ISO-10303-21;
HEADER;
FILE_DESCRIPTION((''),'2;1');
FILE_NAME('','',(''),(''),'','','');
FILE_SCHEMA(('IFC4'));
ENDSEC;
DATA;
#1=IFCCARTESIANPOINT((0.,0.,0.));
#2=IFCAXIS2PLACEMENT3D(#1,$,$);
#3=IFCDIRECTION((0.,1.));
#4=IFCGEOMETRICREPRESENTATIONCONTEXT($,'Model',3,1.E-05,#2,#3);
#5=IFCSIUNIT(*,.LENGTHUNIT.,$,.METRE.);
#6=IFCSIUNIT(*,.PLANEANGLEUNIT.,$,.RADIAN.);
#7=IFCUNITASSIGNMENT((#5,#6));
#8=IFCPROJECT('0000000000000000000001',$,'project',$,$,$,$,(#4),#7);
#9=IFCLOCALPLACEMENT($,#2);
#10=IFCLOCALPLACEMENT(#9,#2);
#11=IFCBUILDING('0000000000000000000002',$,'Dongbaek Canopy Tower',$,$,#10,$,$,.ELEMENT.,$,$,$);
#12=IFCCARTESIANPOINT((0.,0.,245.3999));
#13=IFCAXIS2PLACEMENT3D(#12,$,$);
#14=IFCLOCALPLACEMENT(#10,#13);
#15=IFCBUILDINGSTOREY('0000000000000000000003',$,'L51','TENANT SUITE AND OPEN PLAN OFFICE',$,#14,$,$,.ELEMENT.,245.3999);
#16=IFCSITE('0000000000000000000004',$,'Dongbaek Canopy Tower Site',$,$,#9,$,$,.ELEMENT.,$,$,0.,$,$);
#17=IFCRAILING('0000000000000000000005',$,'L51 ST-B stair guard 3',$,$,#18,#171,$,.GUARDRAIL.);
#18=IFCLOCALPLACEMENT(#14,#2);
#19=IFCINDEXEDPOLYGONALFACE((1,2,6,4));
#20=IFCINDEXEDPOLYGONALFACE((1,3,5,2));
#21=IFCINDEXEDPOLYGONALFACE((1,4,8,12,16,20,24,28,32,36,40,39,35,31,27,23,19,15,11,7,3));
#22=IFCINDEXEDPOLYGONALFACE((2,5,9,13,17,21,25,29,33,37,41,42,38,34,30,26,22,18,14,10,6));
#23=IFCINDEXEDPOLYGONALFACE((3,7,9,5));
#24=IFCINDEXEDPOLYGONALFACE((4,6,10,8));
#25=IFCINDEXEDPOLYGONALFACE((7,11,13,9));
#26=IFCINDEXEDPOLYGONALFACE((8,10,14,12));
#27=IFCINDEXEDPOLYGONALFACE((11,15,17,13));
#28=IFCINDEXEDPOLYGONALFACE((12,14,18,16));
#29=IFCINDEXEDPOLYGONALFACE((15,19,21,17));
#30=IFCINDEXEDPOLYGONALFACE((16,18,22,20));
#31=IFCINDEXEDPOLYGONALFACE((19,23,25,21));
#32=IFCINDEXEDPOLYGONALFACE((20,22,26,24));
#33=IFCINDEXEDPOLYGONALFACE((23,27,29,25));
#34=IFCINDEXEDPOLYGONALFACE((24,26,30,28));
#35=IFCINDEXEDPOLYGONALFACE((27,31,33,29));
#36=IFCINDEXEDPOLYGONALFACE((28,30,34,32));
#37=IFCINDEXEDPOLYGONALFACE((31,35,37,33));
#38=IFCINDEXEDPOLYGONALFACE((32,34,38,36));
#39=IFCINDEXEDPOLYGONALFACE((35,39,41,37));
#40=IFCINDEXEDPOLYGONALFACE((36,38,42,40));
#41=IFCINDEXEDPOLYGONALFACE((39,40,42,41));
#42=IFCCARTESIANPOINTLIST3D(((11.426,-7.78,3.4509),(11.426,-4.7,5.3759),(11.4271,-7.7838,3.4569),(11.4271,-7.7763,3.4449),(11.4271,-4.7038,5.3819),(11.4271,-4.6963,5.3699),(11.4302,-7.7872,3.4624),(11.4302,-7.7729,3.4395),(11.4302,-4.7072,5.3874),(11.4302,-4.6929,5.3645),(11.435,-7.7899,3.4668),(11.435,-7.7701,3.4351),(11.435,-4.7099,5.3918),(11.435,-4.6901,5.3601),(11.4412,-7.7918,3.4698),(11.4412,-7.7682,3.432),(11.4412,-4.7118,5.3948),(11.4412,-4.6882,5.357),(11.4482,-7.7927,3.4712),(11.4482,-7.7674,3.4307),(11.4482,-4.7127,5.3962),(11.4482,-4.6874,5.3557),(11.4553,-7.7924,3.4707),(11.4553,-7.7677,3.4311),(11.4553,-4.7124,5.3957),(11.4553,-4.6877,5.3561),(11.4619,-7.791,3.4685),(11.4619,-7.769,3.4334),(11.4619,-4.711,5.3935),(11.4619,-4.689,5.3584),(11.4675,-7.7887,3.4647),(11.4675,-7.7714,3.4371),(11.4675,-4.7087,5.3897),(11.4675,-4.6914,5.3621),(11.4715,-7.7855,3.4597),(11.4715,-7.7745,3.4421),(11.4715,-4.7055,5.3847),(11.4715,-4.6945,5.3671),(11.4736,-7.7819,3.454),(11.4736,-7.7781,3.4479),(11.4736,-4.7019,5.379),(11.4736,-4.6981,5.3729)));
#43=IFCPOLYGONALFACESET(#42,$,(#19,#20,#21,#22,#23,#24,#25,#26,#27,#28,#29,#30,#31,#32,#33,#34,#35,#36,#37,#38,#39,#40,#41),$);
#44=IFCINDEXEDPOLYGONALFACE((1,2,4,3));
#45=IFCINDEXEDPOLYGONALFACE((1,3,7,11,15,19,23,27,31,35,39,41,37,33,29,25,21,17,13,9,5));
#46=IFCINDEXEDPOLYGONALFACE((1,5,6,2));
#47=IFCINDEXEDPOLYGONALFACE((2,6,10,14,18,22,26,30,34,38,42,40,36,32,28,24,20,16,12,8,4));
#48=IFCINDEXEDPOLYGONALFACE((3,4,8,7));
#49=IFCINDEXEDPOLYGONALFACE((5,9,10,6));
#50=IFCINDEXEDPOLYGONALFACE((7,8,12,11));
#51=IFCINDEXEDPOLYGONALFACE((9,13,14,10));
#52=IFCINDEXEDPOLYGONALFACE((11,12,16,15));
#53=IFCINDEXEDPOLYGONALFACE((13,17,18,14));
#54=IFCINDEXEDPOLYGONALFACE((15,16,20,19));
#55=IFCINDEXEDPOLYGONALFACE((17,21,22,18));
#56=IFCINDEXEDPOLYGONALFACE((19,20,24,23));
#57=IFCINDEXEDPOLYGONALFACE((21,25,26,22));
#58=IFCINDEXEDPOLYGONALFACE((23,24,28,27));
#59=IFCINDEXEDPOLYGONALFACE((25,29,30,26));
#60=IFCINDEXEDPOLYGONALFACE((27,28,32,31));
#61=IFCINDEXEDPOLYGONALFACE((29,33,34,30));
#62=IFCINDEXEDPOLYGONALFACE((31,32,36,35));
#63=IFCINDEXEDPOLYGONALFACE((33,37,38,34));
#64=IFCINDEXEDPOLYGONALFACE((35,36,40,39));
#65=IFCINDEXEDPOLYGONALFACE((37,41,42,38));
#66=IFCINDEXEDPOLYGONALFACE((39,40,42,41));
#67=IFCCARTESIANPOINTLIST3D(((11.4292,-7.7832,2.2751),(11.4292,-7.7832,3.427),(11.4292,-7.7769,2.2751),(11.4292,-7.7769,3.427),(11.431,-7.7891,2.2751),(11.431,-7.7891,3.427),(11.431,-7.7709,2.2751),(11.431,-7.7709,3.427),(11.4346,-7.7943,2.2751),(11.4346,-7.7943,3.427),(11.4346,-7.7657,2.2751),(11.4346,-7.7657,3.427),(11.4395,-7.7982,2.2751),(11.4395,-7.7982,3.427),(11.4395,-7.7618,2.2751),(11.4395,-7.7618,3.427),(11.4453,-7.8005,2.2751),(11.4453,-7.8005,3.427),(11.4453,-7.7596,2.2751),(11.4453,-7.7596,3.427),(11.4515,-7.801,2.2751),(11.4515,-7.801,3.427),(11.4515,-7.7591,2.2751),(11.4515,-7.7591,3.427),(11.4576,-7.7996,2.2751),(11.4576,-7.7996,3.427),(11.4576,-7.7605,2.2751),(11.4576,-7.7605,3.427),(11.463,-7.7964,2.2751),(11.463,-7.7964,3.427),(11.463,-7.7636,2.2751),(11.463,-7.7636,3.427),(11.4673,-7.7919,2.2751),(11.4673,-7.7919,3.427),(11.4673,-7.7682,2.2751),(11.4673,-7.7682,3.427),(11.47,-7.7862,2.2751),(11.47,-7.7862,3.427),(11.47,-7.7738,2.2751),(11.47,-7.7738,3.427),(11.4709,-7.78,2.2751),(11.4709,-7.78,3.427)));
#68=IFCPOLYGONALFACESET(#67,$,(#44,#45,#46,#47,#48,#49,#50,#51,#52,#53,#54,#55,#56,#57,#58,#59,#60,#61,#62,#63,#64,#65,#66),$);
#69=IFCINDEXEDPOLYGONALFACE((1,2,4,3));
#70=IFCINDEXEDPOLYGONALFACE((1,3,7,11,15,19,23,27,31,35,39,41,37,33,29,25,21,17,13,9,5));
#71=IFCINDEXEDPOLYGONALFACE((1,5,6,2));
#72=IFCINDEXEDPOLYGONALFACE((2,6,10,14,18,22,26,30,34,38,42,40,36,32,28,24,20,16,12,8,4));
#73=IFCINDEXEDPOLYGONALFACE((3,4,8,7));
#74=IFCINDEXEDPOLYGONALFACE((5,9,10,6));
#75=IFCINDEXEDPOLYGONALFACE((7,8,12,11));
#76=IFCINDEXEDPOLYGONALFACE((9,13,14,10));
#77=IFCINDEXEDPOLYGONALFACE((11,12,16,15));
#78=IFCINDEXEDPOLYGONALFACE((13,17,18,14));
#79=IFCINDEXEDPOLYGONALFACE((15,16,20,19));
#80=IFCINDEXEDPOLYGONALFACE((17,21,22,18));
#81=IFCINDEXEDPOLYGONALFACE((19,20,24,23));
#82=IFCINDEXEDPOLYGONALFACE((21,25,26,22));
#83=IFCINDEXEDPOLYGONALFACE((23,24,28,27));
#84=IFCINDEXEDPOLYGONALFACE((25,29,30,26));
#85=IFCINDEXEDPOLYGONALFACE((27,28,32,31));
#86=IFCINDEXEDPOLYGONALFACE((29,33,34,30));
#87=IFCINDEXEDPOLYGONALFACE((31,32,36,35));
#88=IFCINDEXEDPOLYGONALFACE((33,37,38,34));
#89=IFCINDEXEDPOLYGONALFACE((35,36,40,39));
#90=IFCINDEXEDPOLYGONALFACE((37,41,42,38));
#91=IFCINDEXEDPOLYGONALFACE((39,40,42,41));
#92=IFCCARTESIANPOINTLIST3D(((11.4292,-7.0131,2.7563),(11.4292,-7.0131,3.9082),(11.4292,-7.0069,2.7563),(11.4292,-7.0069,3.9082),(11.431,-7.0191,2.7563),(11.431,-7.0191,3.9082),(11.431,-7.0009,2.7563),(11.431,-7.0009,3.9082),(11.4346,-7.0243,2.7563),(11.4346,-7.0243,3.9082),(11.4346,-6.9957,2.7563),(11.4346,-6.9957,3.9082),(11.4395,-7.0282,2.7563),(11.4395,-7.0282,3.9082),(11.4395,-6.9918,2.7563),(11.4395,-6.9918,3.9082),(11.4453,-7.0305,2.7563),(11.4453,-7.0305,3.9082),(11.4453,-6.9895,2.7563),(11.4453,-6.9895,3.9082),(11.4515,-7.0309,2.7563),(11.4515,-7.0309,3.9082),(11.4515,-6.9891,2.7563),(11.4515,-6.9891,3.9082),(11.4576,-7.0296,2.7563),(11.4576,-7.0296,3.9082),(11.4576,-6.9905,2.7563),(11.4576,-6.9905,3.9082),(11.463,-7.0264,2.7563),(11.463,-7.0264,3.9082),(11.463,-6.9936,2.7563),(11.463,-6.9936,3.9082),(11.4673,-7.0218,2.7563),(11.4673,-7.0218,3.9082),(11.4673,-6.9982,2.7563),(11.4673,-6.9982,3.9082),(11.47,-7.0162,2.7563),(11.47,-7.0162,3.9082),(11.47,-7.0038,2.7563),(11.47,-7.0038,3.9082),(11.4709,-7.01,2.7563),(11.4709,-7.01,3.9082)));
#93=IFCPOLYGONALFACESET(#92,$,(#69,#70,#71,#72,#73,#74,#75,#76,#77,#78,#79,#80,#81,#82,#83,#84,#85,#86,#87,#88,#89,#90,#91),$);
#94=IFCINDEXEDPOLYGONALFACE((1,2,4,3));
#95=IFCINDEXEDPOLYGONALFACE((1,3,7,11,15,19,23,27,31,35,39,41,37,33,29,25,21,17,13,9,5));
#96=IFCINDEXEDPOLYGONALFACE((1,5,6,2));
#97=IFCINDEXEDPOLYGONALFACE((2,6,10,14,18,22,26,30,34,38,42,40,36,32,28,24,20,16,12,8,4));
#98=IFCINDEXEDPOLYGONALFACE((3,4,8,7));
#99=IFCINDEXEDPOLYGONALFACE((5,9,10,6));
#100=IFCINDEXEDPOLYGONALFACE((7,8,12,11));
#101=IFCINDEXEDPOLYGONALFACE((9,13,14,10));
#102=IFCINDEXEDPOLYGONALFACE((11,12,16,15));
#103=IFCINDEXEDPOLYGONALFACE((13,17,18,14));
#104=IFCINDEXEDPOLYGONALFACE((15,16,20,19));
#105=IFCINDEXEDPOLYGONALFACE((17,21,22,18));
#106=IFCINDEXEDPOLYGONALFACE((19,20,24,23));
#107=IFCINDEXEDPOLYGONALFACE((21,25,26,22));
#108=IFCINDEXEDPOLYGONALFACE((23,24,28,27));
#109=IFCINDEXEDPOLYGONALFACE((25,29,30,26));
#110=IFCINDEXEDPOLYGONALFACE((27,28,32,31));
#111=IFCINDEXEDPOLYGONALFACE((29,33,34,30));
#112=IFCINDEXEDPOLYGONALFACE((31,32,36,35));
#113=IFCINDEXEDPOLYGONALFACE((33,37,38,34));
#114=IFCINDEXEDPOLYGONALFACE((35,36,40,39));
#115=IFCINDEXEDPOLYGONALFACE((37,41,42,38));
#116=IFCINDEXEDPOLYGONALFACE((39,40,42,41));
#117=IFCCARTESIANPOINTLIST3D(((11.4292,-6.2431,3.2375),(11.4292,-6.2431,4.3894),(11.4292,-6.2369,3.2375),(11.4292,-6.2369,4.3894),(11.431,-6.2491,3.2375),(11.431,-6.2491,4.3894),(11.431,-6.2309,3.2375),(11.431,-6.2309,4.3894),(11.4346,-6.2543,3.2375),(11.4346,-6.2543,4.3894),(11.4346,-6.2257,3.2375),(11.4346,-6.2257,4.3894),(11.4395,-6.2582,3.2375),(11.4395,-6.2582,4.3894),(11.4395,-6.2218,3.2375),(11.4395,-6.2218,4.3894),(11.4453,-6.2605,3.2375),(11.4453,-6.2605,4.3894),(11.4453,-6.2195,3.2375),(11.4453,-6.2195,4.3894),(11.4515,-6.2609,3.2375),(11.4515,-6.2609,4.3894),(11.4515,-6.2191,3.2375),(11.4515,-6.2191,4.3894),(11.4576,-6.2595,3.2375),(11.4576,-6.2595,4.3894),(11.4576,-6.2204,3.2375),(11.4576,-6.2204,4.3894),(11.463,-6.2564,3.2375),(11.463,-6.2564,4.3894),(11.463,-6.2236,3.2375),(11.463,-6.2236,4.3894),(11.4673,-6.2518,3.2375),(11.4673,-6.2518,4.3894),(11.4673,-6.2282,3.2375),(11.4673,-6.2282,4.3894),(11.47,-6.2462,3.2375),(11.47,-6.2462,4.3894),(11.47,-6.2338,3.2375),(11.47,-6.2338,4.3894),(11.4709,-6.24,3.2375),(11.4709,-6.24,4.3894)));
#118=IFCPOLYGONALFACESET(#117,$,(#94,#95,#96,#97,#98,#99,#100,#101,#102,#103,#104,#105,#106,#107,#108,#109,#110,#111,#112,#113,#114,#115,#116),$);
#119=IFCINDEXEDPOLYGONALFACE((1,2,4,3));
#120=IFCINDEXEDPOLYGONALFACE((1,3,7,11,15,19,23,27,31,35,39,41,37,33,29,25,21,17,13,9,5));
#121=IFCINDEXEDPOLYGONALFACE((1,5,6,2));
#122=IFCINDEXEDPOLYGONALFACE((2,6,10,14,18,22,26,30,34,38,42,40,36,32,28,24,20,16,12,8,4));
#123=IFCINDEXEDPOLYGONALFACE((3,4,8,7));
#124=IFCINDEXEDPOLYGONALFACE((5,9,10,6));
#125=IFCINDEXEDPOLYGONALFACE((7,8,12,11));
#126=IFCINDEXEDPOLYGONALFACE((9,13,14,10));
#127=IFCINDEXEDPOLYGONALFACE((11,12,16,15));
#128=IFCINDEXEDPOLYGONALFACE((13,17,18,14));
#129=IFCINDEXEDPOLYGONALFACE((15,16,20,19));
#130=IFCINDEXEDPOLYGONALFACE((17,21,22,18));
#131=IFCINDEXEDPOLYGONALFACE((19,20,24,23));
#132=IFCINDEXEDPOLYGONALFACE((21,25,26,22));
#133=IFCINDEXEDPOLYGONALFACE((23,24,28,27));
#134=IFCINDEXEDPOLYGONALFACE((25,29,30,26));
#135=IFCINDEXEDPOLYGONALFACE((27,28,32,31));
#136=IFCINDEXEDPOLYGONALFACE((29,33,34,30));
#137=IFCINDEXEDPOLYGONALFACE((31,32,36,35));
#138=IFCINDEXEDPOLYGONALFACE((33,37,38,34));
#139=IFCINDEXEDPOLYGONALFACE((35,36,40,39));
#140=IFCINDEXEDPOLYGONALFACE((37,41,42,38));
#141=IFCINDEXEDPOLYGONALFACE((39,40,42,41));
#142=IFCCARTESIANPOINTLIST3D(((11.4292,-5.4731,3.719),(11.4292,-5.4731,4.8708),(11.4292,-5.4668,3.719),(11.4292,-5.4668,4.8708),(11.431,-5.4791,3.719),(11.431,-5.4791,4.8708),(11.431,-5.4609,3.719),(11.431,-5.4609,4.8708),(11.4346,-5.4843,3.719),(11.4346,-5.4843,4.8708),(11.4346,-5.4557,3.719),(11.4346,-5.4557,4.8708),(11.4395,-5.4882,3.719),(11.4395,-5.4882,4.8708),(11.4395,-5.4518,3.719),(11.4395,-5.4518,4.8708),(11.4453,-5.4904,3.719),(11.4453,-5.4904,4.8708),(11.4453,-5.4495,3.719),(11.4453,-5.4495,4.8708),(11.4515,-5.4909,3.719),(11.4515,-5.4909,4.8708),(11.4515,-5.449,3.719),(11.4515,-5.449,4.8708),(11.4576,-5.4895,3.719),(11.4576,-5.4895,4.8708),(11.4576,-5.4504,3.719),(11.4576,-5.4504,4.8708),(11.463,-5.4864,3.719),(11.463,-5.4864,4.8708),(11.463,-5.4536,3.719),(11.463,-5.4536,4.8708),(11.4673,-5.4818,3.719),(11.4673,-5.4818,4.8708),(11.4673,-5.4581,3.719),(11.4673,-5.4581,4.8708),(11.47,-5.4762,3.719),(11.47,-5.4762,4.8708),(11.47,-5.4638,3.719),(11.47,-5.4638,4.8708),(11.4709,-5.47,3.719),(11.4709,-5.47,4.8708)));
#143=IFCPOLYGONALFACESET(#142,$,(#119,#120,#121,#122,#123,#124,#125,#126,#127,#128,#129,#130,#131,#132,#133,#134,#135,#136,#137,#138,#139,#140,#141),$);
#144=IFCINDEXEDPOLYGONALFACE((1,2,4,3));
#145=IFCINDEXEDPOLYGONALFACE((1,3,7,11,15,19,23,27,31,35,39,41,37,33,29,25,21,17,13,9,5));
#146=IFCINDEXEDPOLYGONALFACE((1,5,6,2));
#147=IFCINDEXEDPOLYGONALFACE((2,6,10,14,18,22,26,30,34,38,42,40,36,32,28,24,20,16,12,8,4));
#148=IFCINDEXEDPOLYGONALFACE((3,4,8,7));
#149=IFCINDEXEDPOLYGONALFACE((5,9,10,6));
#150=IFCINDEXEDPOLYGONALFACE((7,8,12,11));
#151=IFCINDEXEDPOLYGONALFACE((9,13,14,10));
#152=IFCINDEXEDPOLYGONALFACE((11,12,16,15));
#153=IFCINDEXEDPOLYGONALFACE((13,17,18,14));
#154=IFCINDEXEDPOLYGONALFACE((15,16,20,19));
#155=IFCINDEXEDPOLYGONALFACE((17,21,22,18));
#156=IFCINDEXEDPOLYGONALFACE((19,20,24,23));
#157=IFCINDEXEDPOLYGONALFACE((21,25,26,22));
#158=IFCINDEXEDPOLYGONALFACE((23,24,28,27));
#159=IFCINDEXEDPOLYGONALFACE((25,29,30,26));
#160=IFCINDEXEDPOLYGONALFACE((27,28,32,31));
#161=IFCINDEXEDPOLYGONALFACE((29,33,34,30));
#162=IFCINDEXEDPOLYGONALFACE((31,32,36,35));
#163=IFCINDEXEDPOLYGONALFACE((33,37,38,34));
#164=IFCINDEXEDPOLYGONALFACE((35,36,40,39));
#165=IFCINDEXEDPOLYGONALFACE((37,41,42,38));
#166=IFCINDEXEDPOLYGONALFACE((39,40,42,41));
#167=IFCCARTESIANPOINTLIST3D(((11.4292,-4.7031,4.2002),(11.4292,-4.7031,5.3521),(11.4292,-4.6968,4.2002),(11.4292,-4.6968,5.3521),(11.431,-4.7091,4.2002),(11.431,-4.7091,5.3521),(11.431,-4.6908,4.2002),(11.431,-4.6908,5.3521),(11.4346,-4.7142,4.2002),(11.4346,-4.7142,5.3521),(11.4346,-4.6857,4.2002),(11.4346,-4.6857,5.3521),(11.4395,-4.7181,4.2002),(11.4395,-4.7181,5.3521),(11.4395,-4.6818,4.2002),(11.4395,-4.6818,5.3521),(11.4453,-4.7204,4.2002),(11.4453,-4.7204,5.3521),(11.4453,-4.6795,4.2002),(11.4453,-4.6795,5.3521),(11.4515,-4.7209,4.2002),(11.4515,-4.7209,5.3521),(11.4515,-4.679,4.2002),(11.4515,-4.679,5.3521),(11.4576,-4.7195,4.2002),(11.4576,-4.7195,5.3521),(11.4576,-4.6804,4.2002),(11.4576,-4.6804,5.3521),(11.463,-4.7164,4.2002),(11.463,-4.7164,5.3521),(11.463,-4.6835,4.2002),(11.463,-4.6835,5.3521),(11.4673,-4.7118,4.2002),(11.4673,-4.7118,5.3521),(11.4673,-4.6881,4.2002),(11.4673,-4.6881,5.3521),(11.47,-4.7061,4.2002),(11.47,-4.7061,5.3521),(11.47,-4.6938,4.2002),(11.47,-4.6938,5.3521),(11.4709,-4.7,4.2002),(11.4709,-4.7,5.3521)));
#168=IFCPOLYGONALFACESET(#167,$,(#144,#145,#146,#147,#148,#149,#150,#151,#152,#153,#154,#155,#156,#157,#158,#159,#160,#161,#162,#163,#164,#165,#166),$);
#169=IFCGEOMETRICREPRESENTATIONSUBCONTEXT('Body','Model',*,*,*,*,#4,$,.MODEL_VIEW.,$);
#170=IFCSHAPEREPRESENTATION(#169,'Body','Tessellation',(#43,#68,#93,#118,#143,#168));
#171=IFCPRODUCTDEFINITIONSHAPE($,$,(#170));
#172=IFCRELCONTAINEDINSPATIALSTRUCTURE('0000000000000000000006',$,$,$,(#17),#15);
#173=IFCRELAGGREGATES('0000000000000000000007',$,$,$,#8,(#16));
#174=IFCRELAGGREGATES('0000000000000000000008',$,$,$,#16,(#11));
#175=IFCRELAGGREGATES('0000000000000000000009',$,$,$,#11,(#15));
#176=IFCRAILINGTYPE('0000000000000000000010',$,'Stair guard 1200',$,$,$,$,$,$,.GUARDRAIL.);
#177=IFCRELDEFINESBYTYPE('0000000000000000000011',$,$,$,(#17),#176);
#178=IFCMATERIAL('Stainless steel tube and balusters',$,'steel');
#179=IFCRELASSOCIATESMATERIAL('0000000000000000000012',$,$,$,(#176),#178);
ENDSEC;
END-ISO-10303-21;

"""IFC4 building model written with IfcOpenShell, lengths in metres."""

from ifc_helpers import new_model, si_unit, direction, frame, origin, origin_2d, place, context, subcontext, project, spatial, circle, extrude, material, type_object, element, save


model = new_model("IFC4")

# Units and contexts
model_context = context("Model", 3, precision=1e-05, world=origin(), true_north=direction((0.0, 1.0)))
body_context = subcontext(model_context, "Body", "Model", "MODEL_VIEW")
ifc_project = project(units=[si_unit("LENGTHUNIT", "METRE"), si_unit("PLANEANGLEUNIT", "RADIAN")], contexts=[model_context])

# Site, building, storey
site_placement = place(None, origin())
site = spatial("IfcSite", under=ifc_project, at=site_placement, Name="Dongbaek Canopy Tower Site", CompositionType="ELEMENT", RefElevation=0.0)
building_placement = place(site_placement, origin())
building = spatial("IfcBuilding", under=site, at=building_placement, Name="Dongbaek Canopy Tower", CompositionType="ELEMENT")
storey_placement = place(building_placement, frame((0.0, 0.0, 245.3999)))
storey = spatial("IfcBuildingStorey", under=building, at=storey_placement, Name="L51", Description="TENANT SUITE AND OPEN PLAN OFFICE", CompositionType="ELEMENT", Elevation=245.3999)

# Railing
ifc_material_1 = material(Name="Stainless steel tube and balusters", Category="steel")
railing_type_1 = type_object("IfcRailingType", Name="Stair guard 1200", PredefinedType="GUARDRAIL", material=ifc_material_1)
railing_1_placement = place(storey_placement, frame((11.45, -7.78, 2.2751)))
element("IfcRailing", 1, at=railing_1_placement, inside=storey, type_object=railing_type_1, Name="L51 ST-B stair guard 3", PredefinedType="GUARDRAIL", context=body_context, shape_type="SweptSolid", body=[
    extrude(circle(Radius=0.0239, at=origin_2d()), frame((0.0, 0.0, 1.1758), z_axis=(0.0, 0.847998, 0.529999), x_axis=(-1.0, 0.0, 0.0)), (0.0, 0.0, 1.0), 3.6321),
    extrude(circle(Radius=0.021, at=origin_2d()), origin(), (0.0, 0.0, 1.0), 1.1519),
    extrude(circle(Radius=0.021, at=origin_2d()), frame((0.0, 0.77, 0.4812)), (0.0, 0.0, 1.0), 1.1519),
    extrude(circle(Radius=0.021, at=origin_2d()), frame((0.0, 1.54, 0.9624)), (0.0, 0.0, 1.0), 1.1519),
    extrude(circle(Radius=0.021, at=origin_2d()), frame((0.0, 2.3101, 1.4438)), (0.0, 0.0, 1.0), 1.1519),
    extrude(circle(Radius=0.021, at=origin_2d()), frame((0.0, 3.0801, 1.925)), (0.0, 0.0, 1.0), 1.1519),
])

save(model, "model.ifc")
